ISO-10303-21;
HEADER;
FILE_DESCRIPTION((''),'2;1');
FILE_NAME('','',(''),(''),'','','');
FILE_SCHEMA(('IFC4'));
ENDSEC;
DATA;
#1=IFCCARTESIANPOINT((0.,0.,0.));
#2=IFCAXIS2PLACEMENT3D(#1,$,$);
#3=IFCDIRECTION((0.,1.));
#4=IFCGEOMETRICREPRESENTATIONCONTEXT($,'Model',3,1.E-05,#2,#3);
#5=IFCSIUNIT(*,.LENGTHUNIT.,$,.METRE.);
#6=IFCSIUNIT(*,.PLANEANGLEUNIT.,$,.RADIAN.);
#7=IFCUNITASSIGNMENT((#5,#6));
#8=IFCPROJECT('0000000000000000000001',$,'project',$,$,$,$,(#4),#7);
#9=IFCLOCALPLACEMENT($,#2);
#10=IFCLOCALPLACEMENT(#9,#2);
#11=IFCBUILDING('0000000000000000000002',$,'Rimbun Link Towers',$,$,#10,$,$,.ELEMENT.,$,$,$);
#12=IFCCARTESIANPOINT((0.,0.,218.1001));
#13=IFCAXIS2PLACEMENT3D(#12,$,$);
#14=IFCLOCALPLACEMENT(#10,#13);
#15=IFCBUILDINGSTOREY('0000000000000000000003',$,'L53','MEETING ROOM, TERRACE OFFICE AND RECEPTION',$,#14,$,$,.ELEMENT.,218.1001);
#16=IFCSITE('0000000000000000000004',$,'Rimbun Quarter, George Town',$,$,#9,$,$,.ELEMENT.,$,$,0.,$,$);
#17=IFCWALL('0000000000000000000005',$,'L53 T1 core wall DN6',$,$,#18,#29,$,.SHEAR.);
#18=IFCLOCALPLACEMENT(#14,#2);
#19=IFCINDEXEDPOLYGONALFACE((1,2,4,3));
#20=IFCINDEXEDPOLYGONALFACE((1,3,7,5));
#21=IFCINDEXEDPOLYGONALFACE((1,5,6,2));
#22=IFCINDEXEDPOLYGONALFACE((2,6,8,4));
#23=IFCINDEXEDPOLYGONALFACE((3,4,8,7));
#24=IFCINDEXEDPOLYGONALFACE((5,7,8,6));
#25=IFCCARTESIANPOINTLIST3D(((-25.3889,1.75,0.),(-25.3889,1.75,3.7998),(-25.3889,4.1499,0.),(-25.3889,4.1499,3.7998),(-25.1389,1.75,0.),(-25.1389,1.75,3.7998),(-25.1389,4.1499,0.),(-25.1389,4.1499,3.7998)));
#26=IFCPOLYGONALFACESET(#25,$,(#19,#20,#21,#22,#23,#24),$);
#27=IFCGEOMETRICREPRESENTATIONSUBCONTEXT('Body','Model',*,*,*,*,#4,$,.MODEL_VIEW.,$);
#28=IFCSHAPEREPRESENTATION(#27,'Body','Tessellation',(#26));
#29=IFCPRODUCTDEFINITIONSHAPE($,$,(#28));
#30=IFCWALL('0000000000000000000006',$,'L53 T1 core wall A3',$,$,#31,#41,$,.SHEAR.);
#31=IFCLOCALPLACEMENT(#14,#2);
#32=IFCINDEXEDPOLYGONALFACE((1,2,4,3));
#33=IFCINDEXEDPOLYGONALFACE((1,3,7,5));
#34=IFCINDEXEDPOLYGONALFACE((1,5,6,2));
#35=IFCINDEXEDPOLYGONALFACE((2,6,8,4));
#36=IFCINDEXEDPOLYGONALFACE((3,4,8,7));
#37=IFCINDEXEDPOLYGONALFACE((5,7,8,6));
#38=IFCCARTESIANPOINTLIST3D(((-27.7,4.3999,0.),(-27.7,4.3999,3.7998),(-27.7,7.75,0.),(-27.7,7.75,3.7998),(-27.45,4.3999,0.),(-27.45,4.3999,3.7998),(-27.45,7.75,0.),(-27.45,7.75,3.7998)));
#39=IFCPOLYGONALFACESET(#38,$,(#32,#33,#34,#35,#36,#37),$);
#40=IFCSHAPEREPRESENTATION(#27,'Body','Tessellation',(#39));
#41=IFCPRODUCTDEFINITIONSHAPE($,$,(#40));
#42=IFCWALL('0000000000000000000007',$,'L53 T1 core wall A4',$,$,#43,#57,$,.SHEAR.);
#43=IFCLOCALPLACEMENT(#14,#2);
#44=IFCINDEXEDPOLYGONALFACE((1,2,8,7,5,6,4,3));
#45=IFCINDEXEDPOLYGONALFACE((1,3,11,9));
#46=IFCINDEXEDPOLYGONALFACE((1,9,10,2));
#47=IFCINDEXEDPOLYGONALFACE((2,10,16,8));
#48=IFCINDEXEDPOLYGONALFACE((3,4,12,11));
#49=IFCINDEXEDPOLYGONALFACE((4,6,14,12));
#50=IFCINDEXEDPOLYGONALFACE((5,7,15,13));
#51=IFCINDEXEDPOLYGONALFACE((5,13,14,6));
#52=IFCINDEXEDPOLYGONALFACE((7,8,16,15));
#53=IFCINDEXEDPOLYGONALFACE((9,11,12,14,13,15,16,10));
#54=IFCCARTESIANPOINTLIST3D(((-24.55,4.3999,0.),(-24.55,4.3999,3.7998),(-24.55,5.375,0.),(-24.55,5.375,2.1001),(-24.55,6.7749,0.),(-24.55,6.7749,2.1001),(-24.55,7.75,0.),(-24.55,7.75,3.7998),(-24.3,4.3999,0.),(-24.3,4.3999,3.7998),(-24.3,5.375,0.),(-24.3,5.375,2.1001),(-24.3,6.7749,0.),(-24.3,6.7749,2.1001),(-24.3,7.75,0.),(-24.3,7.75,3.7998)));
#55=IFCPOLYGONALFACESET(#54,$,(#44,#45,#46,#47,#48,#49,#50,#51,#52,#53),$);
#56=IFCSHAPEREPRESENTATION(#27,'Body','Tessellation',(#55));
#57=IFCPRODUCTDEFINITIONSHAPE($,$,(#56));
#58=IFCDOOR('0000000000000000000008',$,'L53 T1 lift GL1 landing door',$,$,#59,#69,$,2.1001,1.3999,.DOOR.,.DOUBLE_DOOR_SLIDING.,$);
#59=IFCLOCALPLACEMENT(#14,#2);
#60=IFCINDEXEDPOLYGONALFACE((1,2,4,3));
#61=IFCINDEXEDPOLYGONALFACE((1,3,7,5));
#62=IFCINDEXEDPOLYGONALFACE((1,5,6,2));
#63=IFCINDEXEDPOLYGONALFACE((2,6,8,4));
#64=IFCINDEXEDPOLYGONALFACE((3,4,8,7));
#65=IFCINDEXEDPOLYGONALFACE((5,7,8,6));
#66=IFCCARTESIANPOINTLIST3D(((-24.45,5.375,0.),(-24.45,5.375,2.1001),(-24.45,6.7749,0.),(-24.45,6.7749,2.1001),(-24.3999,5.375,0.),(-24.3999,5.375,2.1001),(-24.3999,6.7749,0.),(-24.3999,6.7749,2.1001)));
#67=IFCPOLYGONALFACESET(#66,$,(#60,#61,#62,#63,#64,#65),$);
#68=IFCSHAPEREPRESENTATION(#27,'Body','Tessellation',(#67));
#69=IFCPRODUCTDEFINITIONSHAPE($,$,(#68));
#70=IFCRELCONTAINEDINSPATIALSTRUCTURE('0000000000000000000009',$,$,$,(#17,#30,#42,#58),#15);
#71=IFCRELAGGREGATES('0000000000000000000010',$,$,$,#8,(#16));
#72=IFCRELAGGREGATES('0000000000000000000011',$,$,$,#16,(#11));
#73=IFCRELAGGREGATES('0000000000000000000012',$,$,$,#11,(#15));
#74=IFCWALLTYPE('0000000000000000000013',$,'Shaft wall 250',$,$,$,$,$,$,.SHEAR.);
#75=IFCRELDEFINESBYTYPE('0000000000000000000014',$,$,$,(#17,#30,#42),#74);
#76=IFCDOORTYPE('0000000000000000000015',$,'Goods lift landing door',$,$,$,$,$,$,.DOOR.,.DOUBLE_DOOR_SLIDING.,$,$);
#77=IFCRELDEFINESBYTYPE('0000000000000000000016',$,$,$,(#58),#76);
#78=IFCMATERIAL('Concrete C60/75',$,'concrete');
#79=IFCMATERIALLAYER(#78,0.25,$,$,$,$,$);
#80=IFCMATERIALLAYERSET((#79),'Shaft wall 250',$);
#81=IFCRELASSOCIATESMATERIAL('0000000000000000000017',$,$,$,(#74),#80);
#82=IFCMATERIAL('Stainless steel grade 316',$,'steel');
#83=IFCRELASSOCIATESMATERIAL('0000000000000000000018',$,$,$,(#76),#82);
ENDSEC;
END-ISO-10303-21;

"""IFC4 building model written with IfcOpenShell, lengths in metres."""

from ifc_helpers import new_model, si_unit, direction, frame, frame_2d, origin, place, context, subcontext, project, spatial, rectangle, extrude, material, layer, layer_set, type_object, element, fill, save


model = new_model("IFC4")

# Units and contexts
model_context = context("Model", 3, precision=1e-05, world=origin(), true_north=direction((0.0, 1.0)))
body_context = subcontext(model_context, "Body", "Model", "MODEL_VIEW")
ifc_project = project(units=[si_unit("LENGTHUNIT", "METRE"), si_unit("PLANEANGLEUNIT", "RADIAN")], contexts=[model_context])

# Site, building, storey
site_placement = place(None, origin())
site = spatial("IfcSite", under=ifc_project, at=site_placement, Name="Rimbun Quarter, George Town", CompositionType="ELEMENT", RefElevation=0.0)
building_placement = place(site_placement, origin())
building = spatial("IfcBuilding", under=site, at=building_placement, Name="Rimbun Link Towers", CompositionType="ELEMENT")
storey_placement = place(building_placement, frame((0.0, 0.0, 218.1001)))
storey = spatial("IfcBuildingStorey", under=building, at=storey_placement, Name="L53", Description="MEETING ROOM, TERRACE OFFICE AND RECEPTION", CompositionType="ELEMENT", Elevation=218.1001)

# Walls
ifc_material_1 = material(Name="Concrete C60/75", Category="concrete")
ifc_layer_1 = layer(ifc_material_1, 0.25)
ifc_layer_set_1 = layer_set([ifc_layer_1], Name="Shaft wall 250")
wall_type_1 = type_object("IfcWallType", Name="Shaft wall 250", PredefinedType="SHEAR", material=ifc_layer_set_1)
wall_1_placement = place(storey_placement, frame((-25.2639, 1.75, 0.0), z_axis=(0.0, 0.0, 1.0), x_axis=(0.0, 1.0, 0.0)))
element("IfcWall", 1, at=wall_1_placement, inside=storey, type_object=wall_type_1, Name="L53 T1 core wall DN6", PredefinedType="SHEAR", context=body_context, shape_type="SweptSolid", body=[
    extrude(rectangle(XDim=2.3999, YDim=0.25, at=frame_2d((1.2, 0.0))), origin(), (0.0, 0.0, 1.0), 3.7998),
])
wall_2_placement = place(storey_placement, frame((-27.575, 4.3999, 0.0), z_axis=(0.0, 0.0, 1.0), x_axis=(0.0, 1.0, 0.0)))
element("IfcWall", 2, at=wall_2_placement, inside=storey, type_object=wall_type_1, Name="L53 T1 core wall A3", PredefinedType="SHEAR", context=body_context, shape_type="SweptSolid", body=[
    extrude(rectangle(XDim=3.3501, YDim=0.25, at=frame_2d((1.675, 0.0))), origin(), (0.0, 0.0, 1.0), 3.7998),
])

# Wall, opening, door
wall_3_placement = place(storey_placement, frame((-24.425, 4.3999, 0.0), z_axis=(0.0, 0.0, 1.0), x_axis=(0.0, 1.0, 0.0)))
wall_3 = element("IfcWall", 3, at=wall_3_placement, inside=storey, type_object=wall_type_1, Name="L53 T1 core wall A4", PredefinedType="SHEAR", context=body_context, shape_type="SweptSolid", body=[
    extrude(rectangle(XDim=3.3501, YDim=0.25, at=frame_2d((1.675, 0.0))), origin(), (0.0, 0.0, 1.0), 3.7998),
])
opening_1_placement = place(wall_3_placement, frame((0.9751, 0.0, 0.0)))
opening_1 = element("IfcOpeningElement", 4, at=opening_1_placement, cuts=wall_3, PredefinedType="OPENING", context=body_context, shape_type="SweptSolid", body=[
    extrude(rectangle(XDim=1.3999, YDim=2.1001, at=frame_2d((0.7, 1.05))), frame((0.0, 0.135, 0.0), z_axis=(0.0, -1.0, 0.0), x_axis=(1.0, 0.0, 0.0)), (0.0, 0.0, 1.0), 0.27),
])
ifc_material_2 = material(Name="Stainless steel grade 316", Category="steel")
door_type_1 = type_object("IfcDoorType", Name="Goods lift landing door", OperationType="DOUBLE_DOOR_SLIDING", PredefinedType="DOOR", material=ifc_material_2)
door_1_placement = place(opening_1_placement, origin())
door_1 = element("IfcDoor", 5, at=door_1_placement, inside=storey, type_object=door_type_1, Name="L53 T1 lift GL1 landing door", OperationType="DOUBLE_DOOR_SLIDING", OverallHeight=2.1001, OverallWidth=1.3999, PredefinedType="DOOR", context=body_context, shape_type="SweptSolid", body=[
    extrude(rectangle(XDim=1.3999, YDim=2.1001, at=frame_2d((0.7, 1.05))), frame((0.0, 0.0249, 0.0), z_axis=(0.0, -1.0, 0.0), x_axis=(1.0, 0.0, 0.0)), (0.0, 0.0, 1.0), 0.05),
])
fill(opening_1, door_1)

save(model, "model.ifc")
